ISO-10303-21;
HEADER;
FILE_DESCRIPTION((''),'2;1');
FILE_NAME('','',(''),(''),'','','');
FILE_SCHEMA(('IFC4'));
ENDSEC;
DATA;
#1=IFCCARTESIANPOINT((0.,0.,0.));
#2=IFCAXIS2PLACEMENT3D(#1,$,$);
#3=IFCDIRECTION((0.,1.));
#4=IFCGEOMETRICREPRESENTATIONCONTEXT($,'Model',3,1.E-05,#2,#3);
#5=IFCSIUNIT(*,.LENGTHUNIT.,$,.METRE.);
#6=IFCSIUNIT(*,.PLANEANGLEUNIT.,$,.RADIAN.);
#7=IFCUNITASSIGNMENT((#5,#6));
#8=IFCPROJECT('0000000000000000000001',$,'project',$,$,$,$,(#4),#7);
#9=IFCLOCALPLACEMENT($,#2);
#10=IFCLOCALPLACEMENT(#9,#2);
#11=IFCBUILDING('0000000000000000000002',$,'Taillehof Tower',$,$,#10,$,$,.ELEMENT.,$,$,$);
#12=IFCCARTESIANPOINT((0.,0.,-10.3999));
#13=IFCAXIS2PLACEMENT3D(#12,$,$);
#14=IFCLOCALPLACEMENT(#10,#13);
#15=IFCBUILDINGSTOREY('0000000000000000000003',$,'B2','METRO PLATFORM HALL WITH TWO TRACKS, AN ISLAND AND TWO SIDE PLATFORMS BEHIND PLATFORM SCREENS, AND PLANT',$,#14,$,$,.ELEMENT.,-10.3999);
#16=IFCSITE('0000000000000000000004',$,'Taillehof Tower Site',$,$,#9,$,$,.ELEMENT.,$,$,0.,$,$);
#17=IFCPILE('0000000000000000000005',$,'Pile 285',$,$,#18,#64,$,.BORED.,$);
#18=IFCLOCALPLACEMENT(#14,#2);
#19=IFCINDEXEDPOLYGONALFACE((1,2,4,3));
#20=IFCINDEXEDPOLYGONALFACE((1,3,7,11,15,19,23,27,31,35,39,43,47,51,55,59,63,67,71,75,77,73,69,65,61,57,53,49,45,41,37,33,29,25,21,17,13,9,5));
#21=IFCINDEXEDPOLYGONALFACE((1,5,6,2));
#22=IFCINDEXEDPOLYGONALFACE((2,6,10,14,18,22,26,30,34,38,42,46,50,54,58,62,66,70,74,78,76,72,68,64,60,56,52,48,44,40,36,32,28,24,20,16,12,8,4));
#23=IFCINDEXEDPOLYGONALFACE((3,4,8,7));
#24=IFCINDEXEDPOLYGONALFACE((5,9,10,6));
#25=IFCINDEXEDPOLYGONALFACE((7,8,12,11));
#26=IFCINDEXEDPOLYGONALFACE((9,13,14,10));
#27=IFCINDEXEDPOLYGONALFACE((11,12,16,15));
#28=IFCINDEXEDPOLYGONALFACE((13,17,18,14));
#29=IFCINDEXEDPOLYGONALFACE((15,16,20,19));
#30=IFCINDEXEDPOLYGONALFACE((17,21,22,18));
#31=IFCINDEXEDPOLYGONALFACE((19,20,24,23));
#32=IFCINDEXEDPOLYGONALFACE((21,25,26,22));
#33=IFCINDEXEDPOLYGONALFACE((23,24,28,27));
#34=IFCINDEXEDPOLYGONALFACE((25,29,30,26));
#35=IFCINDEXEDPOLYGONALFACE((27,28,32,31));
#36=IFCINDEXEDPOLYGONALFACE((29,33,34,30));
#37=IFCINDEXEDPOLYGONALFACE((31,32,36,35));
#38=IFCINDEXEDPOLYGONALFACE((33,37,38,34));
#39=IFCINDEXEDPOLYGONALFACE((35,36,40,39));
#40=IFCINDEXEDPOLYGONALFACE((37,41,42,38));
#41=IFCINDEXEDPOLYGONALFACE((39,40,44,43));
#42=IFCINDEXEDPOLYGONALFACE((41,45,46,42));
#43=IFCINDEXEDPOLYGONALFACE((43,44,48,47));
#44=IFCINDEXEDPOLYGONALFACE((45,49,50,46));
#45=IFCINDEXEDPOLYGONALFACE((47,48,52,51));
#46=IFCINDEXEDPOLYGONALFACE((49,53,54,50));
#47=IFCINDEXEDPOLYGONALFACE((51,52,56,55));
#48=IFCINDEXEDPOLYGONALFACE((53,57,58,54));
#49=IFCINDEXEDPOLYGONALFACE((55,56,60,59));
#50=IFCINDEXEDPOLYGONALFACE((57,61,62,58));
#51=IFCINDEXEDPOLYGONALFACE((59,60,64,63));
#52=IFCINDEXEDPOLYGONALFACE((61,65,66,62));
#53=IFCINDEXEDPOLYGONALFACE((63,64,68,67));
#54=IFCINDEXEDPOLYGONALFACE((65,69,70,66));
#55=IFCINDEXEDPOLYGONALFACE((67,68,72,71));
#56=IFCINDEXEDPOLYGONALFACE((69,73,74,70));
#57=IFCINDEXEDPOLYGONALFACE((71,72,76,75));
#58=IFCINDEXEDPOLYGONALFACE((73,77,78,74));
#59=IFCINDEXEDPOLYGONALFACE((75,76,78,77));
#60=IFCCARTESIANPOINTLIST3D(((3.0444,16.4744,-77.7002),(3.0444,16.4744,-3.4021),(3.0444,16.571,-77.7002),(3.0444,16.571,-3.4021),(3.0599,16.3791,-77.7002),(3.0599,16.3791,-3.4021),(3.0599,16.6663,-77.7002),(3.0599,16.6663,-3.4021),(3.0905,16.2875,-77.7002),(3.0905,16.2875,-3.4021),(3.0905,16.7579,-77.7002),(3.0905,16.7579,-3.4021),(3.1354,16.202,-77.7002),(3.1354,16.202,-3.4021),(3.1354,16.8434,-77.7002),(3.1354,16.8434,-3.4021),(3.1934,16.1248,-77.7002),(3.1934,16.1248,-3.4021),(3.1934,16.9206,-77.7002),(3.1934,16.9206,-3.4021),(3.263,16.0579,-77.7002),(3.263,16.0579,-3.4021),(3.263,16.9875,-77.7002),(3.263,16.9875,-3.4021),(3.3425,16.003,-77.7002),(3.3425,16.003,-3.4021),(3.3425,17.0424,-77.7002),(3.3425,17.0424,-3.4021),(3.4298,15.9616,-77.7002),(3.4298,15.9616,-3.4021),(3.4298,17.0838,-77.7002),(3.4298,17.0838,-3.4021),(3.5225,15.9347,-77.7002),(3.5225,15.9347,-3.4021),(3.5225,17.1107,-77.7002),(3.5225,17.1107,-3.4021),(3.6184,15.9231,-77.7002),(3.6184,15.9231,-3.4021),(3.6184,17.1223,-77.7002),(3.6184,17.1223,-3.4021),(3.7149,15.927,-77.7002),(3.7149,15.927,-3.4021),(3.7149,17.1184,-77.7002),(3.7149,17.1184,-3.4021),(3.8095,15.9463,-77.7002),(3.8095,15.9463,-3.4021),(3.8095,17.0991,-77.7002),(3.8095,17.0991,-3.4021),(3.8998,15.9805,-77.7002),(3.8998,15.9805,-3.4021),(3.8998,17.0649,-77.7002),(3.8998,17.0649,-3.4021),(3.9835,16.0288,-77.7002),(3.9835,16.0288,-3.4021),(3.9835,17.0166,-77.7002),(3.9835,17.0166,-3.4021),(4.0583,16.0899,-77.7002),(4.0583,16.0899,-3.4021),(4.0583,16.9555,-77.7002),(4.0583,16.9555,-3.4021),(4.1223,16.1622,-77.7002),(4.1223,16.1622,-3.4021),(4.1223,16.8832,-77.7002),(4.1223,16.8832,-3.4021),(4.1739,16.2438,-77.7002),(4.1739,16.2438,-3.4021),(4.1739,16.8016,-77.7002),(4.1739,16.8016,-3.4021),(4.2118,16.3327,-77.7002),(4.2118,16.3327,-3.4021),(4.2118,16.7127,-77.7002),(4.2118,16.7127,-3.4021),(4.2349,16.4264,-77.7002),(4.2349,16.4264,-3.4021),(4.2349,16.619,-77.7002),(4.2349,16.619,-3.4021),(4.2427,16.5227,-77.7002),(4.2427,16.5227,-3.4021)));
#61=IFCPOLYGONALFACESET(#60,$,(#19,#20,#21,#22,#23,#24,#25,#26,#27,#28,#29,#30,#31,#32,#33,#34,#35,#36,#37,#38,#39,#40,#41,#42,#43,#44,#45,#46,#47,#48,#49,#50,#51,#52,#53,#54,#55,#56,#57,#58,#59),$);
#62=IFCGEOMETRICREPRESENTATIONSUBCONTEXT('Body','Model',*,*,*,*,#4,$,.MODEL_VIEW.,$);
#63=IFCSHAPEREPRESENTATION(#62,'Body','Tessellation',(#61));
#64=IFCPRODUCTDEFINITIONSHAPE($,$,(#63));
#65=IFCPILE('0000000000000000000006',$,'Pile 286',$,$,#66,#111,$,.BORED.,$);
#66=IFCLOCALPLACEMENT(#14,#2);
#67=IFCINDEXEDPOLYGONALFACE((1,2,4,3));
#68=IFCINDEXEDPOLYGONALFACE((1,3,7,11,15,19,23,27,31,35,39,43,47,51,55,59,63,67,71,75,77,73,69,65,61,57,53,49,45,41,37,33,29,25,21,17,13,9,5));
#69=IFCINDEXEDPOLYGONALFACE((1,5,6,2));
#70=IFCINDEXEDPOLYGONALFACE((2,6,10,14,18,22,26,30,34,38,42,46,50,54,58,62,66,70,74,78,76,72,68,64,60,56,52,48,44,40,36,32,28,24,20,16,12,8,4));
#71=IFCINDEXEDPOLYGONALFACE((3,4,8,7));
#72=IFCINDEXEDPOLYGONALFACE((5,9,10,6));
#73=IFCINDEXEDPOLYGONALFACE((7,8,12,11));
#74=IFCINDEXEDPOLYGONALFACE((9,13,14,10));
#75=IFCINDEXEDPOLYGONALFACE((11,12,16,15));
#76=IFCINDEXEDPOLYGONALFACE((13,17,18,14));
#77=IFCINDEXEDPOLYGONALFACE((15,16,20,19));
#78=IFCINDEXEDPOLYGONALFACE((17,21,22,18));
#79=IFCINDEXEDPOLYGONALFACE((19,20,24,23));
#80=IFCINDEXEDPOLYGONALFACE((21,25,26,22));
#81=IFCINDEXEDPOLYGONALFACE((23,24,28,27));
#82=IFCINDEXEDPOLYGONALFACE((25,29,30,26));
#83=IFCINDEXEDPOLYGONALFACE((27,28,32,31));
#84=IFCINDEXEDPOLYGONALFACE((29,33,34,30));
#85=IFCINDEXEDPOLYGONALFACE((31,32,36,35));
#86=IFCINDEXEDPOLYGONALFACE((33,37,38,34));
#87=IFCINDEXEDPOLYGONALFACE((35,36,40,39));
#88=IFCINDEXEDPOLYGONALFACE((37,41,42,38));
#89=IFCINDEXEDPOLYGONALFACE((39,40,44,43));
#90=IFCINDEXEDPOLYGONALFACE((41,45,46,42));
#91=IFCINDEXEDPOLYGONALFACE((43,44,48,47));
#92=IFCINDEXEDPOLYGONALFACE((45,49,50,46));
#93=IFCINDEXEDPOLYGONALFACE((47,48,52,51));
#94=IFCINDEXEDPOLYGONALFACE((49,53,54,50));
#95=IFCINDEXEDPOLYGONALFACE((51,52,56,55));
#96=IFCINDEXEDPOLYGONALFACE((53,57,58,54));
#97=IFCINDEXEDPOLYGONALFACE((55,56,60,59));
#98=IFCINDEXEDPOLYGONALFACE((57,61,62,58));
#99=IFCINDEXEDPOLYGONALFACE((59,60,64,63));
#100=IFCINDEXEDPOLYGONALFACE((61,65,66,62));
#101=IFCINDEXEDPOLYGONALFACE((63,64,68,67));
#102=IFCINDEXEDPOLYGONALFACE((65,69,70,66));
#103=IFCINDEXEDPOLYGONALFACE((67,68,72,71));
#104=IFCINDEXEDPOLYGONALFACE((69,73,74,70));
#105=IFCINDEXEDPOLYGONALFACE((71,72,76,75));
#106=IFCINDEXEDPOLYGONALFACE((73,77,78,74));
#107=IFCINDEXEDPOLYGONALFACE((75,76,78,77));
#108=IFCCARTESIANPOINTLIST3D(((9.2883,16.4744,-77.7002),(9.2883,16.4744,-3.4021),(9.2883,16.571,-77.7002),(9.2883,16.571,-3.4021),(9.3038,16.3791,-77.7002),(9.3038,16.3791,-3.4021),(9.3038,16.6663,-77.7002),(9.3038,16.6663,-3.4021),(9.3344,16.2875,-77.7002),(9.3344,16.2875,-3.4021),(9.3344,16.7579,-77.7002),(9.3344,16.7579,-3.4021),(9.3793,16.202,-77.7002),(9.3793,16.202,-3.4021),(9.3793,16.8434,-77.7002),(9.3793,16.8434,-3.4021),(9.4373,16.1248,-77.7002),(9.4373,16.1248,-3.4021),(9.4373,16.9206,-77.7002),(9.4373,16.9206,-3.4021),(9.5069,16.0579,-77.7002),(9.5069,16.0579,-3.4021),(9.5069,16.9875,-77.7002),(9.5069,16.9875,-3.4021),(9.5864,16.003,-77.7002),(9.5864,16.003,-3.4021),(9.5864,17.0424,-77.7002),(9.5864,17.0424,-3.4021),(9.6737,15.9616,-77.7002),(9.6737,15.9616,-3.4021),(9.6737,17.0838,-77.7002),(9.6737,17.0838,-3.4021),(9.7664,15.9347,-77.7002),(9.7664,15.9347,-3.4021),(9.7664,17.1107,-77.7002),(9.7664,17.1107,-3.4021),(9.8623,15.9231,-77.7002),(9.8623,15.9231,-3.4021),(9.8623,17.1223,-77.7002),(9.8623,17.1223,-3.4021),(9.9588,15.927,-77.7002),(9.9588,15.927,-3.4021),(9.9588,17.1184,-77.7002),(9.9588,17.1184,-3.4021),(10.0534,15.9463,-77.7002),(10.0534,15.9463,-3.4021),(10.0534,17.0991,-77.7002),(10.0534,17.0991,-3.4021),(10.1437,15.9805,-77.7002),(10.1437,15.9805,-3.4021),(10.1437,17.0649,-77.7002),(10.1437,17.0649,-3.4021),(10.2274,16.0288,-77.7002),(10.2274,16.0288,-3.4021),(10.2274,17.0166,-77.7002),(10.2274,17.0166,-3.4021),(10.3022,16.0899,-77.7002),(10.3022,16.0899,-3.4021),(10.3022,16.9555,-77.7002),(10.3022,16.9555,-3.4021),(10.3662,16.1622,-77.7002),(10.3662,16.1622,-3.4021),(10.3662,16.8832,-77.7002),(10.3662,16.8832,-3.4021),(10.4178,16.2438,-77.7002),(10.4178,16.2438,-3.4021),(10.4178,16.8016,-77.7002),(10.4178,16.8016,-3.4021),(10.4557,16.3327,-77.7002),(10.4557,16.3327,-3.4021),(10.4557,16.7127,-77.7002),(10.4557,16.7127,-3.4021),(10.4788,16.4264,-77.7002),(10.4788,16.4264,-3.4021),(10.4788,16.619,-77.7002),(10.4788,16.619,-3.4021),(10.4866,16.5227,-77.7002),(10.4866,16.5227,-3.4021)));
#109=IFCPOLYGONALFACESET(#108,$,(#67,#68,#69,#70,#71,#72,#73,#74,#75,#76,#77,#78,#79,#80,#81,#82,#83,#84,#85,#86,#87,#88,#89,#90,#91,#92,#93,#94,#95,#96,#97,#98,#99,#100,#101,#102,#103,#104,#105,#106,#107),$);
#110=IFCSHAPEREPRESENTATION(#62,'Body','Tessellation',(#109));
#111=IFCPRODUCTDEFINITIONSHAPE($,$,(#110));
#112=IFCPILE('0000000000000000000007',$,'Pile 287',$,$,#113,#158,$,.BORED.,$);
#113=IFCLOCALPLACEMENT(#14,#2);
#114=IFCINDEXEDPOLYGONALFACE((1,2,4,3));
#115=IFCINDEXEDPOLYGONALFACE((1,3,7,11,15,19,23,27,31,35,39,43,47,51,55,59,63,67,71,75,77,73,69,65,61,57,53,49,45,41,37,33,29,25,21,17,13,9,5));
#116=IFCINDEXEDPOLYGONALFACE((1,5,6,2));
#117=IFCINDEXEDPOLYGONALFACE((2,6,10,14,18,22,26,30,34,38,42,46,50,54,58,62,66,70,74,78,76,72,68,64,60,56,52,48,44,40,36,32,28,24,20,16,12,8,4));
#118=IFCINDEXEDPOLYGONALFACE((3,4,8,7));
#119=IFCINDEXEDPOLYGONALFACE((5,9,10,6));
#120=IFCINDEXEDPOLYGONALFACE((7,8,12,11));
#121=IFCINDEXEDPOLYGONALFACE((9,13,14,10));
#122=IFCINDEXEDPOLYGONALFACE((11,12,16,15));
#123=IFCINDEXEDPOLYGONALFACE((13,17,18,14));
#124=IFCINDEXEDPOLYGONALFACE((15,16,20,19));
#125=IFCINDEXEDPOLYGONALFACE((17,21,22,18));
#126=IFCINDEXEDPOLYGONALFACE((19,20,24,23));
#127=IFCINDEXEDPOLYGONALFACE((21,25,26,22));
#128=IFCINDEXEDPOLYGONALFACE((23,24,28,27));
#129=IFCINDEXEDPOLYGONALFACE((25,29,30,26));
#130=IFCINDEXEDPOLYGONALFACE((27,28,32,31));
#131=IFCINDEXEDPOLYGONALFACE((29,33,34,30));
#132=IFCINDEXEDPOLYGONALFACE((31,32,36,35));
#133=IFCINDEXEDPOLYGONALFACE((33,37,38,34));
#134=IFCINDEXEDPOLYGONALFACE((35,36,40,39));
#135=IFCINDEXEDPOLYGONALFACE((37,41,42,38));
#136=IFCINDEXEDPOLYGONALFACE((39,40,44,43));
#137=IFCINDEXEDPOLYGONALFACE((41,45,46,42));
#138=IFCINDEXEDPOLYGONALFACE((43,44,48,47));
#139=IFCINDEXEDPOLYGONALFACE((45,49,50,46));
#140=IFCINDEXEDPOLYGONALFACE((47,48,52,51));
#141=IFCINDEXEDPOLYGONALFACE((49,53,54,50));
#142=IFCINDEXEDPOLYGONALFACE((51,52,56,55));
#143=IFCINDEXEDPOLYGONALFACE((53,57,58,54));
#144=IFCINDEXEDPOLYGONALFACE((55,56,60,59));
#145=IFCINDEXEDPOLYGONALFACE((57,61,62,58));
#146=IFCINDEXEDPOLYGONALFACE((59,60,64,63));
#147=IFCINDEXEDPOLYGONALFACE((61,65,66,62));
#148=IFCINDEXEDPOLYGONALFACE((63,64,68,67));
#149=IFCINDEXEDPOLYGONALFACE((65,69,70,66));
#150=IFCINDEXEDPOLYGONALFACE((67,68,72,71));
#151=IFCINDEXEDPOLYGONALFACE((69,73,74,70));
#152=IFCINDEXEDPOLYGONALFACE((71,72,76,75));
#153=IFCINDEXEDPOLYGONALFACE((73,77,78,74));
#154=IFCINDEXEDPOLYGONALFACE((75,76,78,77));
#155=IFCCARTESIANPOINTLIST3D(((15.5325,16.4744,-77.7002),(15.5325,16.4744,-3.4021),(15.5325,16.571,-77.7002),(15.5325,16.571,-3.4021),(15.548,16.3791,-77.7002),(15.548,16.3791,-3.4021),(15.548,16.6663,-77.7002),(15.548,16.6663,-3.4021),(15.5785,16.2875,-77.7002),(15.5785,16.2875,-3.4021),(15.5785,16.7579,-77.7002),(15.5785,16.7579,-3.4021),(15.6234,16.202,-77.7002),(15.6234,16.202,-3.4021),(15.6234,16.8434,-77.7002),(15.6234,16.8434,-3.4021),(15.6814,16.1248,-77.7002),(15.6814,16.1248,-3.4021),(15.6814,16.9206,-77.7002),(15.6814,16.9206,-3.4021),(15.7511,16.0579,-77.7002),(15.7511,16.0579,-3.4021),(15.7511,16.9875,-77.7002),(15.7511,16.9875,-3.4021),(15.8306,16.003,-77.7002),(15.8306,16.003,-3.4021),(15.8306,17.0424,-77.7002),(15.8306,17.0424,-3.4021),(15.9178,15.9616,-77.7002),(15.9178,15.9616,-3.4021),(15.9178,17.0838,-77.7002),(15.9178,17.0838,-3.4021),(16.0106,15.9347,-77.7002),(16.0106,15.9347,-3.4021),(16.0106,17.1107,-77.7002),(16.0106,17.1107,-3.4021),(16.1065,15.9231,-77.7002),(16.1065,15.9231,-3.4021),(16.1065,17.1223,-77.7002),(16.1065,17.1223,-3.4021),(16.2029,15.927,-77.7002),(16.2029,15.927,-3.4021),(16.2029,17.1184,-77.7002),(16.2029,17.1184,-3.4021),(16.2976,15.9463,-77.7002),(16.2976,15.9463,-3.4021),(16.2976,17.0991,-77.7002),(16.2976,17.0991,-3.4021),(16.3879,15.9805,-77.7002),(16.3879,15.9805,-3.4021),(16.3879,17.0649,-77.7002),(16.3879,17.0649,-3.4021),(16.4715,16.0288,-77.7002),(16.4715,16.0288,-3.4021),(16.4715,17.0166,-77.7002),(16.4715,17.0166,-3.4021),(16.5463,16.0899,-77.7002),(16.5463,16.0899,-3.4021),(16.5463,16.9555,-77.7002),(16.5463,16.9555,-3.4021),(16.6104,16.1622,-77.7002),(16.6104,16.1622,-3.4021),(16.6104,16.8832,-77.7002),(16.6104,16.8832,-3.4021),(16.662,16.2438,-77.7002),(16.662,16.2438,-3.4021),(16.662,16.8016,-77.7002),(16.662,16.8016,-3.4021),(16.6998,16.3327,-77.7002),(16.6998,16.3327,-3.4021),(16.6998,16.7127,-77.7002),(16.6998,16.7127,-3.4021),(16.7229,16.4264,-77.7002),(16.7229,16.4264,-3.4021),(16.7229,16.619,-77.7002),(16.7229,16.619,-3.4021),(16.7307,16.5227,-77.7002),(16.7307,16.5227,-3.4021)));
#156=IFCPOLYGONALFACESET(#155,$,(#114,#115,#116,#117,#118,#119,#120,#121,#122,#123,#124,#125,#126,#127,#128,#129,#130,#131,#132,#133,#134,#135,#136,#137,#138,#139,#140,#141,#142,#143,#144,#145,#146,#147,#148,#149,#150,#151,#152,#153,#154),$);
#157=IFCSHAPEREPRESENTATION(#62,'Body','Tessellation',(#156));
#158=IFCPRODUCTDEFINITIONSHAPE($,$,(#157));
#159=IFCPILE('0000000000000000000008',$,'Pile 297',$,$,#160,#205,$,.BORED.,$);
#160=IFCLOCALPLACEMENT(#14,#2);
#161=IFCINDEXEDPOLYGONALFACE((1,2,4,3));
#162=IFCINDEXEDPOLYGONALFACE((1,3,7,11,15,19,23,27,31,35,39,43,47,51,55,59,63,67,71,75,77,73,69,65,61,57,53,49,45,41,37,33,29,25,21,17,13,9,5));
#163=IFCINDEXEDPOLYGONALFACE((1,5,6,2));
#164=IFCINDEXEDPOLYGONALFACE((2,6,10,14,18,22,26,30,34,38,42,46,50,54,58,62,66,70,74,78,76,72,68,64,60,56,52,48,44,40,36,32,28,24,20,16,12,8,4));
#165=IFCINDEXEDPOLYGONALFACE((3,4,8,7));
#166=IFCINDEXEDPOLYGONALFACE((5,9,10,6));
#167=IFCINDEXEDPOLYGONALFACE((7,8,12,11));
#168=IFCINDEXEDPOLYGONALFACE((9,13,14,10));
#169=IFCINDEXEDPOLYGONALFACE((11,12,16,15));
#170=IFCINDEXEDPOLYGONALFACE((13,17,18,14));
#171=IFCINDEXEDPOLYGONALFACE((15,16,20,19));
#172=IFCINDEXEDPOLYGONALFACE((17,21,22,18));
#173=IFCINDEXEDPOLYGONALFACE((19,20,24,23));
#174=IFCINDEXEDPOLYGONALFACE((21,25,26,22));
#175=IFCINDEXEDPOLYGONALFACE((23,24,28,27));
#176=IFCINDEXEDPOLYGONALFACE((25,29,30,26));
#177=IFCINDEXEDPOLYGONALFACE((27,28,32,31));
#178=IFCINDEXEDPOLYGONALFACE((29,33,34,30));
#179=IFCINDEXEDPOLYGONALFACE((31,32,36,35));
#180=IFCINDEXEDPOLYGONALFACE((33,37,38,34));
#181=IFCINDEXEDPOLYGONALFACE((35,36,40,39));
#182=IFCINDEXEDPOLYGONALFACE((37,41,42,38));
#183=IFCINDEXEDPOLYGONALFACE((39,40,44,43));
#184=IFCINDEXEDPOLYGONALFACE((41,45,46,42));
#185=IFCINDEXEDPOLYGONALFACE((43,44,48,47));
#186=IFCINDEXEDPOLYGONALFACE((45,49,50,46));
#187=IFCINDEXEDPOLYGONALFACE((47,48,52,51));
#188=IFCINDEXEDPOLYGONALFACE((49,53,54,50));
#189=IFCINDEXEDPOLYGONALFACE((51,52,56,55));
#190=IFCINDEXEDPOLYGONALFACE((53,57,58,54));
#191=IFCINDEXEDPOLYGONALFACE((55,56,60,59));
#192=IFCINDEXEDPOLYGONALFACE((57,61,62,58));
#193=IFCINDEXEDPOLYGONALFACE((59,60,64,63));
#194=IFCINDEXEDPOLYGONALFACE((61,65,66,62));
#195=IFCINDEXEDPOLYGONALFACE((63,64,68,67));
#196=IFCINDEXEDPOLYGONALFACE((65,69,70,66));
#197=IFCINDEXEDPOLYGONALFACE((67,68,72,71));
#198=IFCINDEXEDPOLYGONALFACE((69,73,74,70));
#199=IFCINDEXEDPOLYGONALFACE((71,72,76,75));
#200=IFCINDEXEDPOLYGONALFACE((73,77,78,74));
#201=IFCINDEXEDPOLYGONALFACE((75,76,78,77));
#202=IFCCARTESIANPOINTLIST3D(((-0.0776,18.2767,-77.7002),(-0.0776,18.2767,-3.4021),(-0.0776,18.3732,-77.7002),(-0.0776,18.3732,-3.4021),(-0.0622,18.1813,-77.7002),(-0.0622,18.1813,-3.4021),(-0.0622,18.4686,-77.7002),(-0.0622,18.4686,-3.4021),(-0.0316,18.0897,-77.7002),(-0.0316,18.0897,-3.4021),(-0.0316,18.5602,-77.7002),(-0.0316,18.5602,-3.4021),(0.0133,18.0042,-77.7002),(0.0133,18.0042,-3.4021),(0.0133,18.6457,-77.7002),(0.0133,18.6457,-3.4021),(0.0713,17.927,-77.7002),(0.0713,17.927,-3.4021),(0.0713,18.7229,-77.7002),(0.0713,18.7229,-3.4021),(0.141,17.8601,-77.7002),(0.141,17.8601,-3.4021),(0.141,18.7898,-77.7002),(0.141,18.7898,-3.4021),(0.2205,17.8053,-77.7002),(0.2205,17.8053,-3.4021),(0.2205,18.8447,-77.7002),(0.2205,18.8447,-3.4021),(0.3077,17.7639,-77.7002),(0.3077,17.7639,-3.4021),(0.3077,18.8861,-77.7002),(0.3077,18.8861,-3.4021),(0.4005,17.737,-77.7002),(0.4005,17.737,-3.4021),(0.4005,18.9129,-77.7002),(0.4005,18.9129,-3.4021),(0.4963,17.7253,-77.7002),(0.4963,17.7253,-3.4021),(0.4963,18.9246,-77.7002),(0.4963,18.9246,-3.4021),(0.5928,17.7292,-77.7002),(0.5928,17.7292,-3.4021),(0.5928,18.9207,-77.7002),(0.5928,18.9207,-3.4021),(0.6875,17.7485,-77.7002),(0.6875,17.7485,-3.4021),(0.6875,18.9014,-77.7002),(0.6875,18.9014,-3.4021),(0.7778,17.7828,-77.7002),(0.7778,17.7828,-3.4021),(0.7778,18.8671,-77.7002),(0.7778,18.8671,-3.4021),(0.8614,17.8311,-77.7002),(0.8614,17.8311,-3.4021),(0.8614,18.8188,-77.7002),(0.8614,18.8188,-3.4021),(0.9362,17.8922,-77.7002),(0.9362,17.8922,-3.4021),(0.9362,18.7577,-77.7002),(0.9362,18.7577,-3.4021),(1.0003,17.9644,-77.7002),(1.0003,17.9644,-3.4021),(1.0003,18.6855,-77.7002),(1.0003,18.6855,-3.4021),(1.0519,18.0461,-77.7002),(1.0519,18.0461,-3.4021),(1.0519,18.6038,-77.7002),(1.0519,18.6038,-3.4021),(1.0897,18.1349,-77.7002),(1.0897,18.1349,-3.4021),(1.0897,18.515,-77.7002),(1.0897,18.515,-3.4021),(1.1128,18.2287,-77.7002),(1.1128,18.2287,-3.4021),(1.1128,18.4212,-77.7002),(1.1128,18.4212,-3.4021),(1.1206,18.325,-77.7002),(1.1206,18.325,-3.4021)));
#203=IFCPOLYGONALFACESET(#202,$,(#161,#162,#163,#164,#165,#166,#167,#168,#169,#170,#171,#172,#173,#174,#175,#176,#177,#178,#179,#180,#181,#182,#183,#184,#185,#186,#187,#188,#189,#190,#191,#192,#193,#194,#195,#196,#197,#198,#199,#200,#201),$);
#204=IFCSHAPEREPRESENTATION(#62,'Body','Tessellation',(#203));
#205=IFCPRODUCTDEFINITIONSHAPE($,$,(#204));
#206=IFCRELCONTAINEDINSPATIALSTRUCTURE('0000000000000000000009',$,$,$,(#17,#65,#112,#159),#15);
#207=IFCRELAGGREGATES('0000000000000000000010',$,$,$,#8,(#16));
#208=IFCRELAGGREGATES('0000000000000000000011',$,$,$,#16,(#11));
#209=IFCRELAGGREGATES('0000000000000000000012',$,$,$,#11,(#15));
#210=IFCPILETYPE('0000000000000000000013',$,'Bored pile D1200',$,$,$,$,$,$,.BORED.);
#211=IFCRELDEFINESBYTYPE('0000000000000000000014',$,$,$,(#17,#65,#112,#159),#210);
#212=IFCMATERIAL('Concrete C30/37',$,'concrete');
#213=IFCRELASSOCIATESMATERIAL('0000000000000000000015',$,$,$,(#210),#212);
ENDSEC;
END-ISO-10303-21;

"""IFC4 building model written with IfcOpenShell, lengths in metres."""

from ifc_helpers import new_model, si_unit, direction, frame, origin, origin_2d, place, context, subcontext, project, spatial, circle, extrude, material, material_profile, profile_set, type_object, element, save


model = new_model("IFC4")

# Units and contexts
model_context = context("Model", 3, precision=1e-05, world=origin(), true_north=direction((0.0, 1.0)))
body_context = subcontext(model_context, "Body", "Model", "MODEL_VIEW")
ifc_project = project(units=[si_unit("LENGTHUNIT", "METRE"), si_unit("PLANEANGLEUNIT", "RADIAN")], contexts=[model_context])

# Site, building, storey
site_placement = place(None, origin())
site = spatial("IfcSite", under=ifc_project, at=site_placement, Name="Taillehof Tower Site", CompositionType="ELEMENT", RefElevation=0.0)
building_placement = place(site_placement, origin())
building = spatial("IfcBuilding", under=site, at=building_placement, Name="Taillehof Tower", CompositionType="ELEMENT")
storey_placement = place(building_placement, frame((0.0, 0.0, -10.3999)))
storey = spatial("IfcBuildingStorey", under=building, at=storey_placement, Name="B2", Description="METRO PLATFORM HALL WITH TWO TRACKS, AN ISLAND AND TWO SIDE PLATFORMS BEHIND PLATFORM SCREENS, AND PLANT", CompositionType="ELEMENT", Elevation=-10.3999)

# Piles
ifc_material_1 = material(Name="Concrete C30/37", Category="concrete")
ifc_material_profile_1 = material_profile(ifc_material_1, circle(Radius=0.6001, at=origin_2d()), Name="BP D1200")
ifc_profile_set_1 = profile_set([ifc_material_profile_1], Name="Concrete C30/37")
pile_type = type_object("IfcPileType", Name="Bored pile D1200", PredefinedType="BORED", material=ifc_profile_set_1)
for number, where, z_axis, x_axis, name in (
    (1, (3.6426, 16.5227, -3.4021), (0.0, 0.0, -1.0), (1.0, 0.0, 0.0), "Pile 285"),
    (2, (9.8865, 16.5227, -3.4021), (0.0, 0.0, -1.0), (1.0, 0.0, 0.0), "Pile 286"),
    (3, (16.1306, 16.5227, -3.4021), (0.0, 0.0, -1.0), (1.0, 0.0, 0.0), "Pile 287"),
    (4, (0.5205, 18.325, -3.4021), (0.0, 0.0, -1.0), (1.0, 0.0, 0.0), "Pile 297"),
):
    element("IfcPile", number, at=place(storey_placement, frame(where, z_axis=z_axis, x_axis=x_axis)), inside=storey, type_object=pile_type, Name=name, PredefinedType="BORED", context=body_context, shape_type="SweptSolid", body=[
        extrude(circle(Radius=0.6001, at=origin_2d()), origin(), (0.0, 0.0, 1.0), 74.2981),
    ])

save(model, "model.ifc")
